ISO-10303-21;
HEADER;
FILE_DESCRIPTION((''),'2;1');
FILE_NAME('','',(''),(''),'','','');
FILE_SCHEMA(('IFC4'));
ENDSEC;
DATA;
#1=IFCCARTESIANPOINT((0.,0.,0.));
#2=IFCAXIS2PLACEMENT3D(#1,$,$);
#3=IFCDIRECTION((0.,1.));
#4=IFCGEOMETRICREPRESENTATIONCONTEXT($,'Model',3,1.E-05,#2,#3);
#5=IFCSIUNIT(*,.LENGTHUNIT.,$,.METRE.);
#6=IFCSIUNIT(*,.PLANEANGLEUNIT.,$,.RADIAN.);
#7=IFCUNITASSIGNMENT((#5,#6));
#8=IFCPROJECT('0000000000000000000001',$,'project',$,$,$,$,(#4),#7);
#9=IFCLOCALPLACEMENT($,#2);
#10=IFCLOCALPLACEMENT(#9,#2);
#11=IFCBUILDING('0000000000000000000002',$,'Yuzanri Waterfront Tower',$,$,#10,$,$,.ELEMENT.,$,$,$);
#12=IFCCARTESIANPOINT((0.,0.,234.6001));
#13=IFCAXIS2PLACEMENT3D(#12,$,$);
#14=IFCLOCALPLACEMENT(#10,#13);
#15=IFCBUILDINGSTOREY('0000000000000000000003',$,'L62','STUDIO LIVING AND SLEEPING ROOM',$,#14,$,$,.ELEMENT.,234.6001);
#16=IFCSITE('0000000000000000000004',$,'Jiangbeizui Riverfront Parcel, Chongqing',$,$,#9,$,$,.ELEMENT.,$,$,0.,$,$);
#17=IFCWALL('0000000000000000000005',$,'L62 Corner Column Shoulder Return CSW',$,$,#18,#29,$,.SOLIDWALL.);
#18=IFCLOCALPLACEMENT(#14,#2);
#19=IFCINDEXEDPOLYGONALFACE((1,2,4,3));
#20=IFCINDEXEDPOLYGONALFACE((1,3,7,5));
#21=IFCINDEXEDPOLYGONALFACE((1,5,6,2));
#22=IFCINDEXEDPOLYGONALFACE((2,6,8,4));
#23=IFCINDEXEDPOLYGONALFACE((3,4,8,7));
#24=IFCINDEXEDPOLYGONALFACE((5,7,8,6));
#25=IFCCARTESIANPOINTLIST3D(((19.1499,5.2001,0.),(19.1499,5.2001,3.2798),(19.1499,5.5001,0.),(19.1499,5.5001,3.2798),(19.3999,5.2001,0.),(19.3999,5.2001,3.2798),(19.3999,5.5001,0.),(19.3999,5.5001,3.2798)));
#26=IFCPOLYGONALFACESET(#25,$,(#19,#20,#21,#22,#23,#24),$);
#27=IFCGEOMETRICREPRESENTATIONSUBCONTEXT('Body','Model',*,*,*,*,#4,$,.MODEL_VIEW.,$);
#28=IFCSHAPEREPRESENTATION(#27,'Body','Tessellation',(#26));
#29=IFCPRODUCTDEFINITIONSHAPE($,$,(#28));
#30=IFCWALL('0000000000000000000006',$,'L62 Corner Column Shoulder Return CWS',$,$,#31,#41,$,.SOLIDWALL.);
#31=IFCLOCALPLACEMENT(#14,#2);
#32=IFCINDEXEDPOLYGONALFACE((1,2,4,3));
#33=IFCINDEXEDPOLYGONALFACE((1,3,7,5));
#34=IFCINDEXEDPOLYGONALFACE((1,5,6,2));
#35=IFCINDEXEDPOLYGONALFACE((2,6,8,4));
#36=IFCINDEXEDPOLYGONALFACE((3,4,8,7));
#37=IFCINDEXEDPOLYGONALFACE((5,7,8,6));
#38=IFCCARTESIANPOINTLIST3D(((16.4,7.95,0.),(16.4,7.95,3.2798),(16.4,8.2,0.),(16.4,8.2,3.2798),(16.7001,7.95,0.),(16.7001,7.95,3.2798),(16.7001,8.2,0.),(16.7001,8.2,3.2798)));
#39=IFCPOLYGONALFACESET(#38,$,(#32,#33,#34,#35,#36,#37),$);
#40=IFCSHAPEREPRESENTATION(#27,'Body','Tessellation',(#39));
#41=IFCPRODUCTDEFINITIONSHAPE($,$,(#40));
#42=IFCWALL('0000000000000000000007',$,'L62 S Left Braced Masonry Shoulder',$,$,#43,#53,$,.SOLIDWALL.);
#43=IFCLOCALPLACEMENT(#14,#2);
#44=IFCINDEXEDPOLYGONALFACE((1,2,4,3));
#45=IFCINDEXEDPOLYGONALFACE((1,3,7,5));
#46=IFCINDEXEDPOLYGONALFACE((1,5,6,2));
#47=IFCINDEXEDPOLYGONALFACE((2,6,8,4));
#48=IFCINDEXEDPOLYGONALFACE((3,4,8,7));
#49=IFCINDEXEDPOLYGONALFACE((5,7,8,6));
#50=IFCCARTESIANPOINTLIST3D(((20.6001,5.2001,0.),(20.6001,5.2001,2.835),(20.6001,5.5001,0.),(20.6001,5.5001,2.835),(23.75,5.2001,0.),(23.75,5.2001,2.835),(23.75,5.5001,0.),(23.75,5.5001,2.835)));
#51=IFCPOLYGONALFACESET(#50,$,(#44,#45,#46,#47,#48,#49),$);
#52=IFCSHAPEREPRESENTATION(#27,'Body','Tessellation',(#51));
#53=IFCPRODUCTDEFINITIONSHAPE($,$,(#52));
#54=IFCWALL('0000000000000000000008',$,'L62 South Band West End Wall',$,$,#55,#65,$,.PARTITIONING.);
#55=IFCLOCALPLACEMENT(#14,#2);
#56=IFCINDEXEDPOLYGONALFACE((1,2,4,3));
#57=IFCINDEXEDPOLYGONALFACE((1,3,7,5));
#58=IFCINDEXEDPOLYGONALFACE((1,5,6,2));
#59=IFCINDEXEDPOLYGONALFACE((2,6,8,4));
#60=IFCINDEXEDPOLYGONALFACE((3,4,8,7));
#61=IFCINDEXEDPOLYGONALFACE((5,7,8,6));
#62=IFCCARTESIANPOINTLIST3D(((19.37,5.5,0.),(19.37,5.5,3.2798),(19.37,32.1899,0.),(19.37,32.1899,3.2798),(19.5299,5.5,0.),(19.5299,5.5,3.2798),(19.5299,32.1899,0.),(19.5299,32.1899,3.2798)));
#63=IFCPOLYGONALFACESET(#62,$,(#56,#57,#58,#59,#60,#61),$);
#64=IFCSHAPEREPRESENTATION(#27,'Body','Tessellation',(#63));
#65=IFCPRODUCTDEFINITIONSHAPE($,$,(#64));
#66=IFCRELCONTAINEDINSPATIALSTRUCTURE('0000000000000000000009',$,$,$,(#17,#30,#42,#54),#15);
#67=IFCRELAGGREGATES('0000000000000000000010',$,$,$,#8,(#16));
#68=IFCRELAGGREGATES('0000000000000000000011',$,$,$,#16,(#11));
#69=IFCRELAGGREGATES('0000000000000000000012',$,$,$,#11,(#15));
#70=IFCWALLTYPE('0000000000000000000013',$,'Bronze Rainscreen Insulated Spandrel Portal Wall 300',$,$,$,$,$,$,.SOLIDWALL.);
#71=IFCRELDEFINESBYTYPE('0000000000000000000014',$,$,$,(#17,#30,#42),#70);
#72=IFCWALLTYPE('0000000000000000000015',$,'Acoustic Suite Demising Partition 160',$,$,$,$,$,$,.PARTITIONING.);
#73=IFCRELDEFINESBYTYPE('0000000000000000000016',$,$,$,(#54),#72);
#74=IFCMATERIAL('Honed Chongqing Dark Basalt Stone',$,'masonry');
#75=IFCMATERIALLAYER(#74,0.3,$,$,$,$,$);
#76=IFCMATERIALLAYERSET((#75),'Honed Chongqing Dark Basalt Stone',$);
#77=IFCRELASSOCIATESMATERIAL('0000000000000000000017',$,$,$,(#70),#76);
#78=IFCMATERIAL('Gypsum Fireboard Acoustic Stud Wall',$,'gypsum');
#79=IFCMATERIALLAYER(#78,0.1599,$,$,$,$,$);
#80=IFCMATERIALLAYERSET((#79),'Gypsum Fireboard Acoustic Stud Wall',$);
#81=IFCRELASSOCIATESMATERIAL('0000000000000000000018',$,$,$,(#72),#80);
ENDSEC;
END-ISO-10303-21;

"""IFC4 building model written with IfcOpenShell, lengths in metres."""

from ifc_helpers import new_model, si_unit, direction, frame, frame_2d, origin, place, context, subcontext, project, spatial, rectangle, extrude, source, transform, mapped, material, layer, layer_set, type_object, element, save


model = new_model("IFC4")

# Units and contexts
model_context = context("Model", 3, precision=1e-05, world=origin(), true_north=direction((0.0, 1.0)))
body_context = subcontext(model_context, "Body", "Model", "MODEL_VIEW")
ifc_project = project(units=[si_unit("LENGTHUNIT", "METRE"), si_unit("PLANEANGLEUNIT", "RADIAN")], contexts=[model_context])

# Site, building, storey
site_placement = place(None, origin())
site = spatial("IfcSite", under=ifc_project, at=site_placement, Name="Jiangbeizui Riverfront Parcel, Chongqing", CompositionType="ELEMENT", RefElevation=0.0)
building_placement = place(site_placement, origin())
building = spatial("IfcBuilding", under=site, at=building_placement, Name="Yuzanri Waterfront Tower", CompositionType="ELEMENT")
storey_placement = place(building_placement, frame((0.0, 0.0, 234.6001)))
storey = spatial("IfcBuildingStorey", under=building, at=storey_placement, Name="L62", Description="STUDIO LIVING AND SLEEPING ROOM", CompositionType="ELEMENT", Elevation=234.6001)

# Shared definitions
ifc_material_1 = material(Name="Honed Chongqing Dark Basalt Stone", Category="masonry")
ifc_layer_1 = layer(ifc_material_1, 0.3)
ifc_layer_set_1 = layer_set([ifc_layer_1], Name="Honed Chongqing Dark Basalt Stone")
wall_type_1 = type_object("IfcWallType", Name="Bronze Rainscreen Insulated Spandrel Portal Wall 300", PredefinedType="SOLIDWALL", material=ifc_layer_set_1)

# Walls
shared_shape_1 = source(origin(), body_context, "Body", "SweptSolid", [
    extrude(rectangle(XDim=0.25, YDim=0.3, at=frame_2d((0.125, 0.0))), origin(), (0.0, 0.0, 1.0), 3.2798),
])
for number, where, z_axis, x_axis, name in (
    (1, (19.1499, 5.3501, 0.0), (0.0, 0.0, 1.0), (1.0, 0.0, 0.0), "L62 Corner Column Shoulder Return CSW"),
    (2, (16.55, 7.95, 0.0), (0.0, 0.0, 1.0), (0.0, 1.0, 0.0), "L62 Corner Column Shoulder Return CWS"),
):
    element("IfcWall", number, at=place(storey_placement, frame(where, z_axis=z_axis, x_axis=x_axis)), inside=storey, type_object=wall_type_1, Name=name, PredefinedType="SOLIDWALL", context=body_context, shape_type="MappedRepresentation", body=[
        mapped(shared_shape_1, transform((0.0, 0.0, 0.0), scale=1.0)),
    ])
shared_shape_2 = source(origin(), body_context, "Body", "SweptSolid", [
    extrude(rectangle(XDim=3.1499, YDim=0.3, at=frame_2d((1.575, 0.0))), origin(), (0.0, 0.0, 1.0), 2.835),
])
wall_1_placement = place(storey_placement, frame((20.6001, 5.3501, 0.0), z_axis=(0.0, 0.0, 1.0), x_axis=(1.0, 0.0, 0.0)))
element("IfcWall", 3, at=wall_1_placement, inside=storey, type_object=wall_type_1, Name="L62 S Left Braced Masonry Shoulder", PredefinedType="SOLIDWALL", context=body_context, shape_type="MappedRepresentation", body=[
    mapped(shared_shape_2, transform((0.0, 0.0, 0.0), scale=1.0)),
])
ifc_material_2 = material(Name="Gypsum Fireboard Acoustic Stud Wall", Category="gypsum")
ifc_layer_2 = layer(ifc_material_2, 0.1599)
ifc_layer_set_2 = layer_set([ifc_layer_2], Name="Gypsum Fireboard Acoustic Stud Wall")
wall_type_2 = type_object("IfcWallType", Name="Acoustic Suite Demising Partition 160", PredefinedType="PARTITIONING", material=ifc_layer_set_2)
shared_shape_3 = source(origin(), body_context, "Body", "SweptSolid", [
    extrude(rectangle(XDim=26.6899, YDim=0.1599, at=frame_2d((13.345, 0.0))), origin(), (0.0, 0.0, 1.0), 3.2798),
])
wall_2_placement = place(storey_placement, frame((19.45, 5.5, 0.0), z_axis=(0.0, 0.0, 1.0), x_axis=(0.0, 1.0, 0.0)))
element("IfcWall", 4, at=wall_2_placement, inside=storey, type_object=wall_type_2, Name="L62 South Band West End Wall", PredefinedType="PARTITIONING", context=body_context, shape_type="MappedRepresentation", body=[
    mapped(shared_shape_3, transform((0.0, 0.0, 0.0), scale=1.0)),
])

save(model, "model.ifc")
